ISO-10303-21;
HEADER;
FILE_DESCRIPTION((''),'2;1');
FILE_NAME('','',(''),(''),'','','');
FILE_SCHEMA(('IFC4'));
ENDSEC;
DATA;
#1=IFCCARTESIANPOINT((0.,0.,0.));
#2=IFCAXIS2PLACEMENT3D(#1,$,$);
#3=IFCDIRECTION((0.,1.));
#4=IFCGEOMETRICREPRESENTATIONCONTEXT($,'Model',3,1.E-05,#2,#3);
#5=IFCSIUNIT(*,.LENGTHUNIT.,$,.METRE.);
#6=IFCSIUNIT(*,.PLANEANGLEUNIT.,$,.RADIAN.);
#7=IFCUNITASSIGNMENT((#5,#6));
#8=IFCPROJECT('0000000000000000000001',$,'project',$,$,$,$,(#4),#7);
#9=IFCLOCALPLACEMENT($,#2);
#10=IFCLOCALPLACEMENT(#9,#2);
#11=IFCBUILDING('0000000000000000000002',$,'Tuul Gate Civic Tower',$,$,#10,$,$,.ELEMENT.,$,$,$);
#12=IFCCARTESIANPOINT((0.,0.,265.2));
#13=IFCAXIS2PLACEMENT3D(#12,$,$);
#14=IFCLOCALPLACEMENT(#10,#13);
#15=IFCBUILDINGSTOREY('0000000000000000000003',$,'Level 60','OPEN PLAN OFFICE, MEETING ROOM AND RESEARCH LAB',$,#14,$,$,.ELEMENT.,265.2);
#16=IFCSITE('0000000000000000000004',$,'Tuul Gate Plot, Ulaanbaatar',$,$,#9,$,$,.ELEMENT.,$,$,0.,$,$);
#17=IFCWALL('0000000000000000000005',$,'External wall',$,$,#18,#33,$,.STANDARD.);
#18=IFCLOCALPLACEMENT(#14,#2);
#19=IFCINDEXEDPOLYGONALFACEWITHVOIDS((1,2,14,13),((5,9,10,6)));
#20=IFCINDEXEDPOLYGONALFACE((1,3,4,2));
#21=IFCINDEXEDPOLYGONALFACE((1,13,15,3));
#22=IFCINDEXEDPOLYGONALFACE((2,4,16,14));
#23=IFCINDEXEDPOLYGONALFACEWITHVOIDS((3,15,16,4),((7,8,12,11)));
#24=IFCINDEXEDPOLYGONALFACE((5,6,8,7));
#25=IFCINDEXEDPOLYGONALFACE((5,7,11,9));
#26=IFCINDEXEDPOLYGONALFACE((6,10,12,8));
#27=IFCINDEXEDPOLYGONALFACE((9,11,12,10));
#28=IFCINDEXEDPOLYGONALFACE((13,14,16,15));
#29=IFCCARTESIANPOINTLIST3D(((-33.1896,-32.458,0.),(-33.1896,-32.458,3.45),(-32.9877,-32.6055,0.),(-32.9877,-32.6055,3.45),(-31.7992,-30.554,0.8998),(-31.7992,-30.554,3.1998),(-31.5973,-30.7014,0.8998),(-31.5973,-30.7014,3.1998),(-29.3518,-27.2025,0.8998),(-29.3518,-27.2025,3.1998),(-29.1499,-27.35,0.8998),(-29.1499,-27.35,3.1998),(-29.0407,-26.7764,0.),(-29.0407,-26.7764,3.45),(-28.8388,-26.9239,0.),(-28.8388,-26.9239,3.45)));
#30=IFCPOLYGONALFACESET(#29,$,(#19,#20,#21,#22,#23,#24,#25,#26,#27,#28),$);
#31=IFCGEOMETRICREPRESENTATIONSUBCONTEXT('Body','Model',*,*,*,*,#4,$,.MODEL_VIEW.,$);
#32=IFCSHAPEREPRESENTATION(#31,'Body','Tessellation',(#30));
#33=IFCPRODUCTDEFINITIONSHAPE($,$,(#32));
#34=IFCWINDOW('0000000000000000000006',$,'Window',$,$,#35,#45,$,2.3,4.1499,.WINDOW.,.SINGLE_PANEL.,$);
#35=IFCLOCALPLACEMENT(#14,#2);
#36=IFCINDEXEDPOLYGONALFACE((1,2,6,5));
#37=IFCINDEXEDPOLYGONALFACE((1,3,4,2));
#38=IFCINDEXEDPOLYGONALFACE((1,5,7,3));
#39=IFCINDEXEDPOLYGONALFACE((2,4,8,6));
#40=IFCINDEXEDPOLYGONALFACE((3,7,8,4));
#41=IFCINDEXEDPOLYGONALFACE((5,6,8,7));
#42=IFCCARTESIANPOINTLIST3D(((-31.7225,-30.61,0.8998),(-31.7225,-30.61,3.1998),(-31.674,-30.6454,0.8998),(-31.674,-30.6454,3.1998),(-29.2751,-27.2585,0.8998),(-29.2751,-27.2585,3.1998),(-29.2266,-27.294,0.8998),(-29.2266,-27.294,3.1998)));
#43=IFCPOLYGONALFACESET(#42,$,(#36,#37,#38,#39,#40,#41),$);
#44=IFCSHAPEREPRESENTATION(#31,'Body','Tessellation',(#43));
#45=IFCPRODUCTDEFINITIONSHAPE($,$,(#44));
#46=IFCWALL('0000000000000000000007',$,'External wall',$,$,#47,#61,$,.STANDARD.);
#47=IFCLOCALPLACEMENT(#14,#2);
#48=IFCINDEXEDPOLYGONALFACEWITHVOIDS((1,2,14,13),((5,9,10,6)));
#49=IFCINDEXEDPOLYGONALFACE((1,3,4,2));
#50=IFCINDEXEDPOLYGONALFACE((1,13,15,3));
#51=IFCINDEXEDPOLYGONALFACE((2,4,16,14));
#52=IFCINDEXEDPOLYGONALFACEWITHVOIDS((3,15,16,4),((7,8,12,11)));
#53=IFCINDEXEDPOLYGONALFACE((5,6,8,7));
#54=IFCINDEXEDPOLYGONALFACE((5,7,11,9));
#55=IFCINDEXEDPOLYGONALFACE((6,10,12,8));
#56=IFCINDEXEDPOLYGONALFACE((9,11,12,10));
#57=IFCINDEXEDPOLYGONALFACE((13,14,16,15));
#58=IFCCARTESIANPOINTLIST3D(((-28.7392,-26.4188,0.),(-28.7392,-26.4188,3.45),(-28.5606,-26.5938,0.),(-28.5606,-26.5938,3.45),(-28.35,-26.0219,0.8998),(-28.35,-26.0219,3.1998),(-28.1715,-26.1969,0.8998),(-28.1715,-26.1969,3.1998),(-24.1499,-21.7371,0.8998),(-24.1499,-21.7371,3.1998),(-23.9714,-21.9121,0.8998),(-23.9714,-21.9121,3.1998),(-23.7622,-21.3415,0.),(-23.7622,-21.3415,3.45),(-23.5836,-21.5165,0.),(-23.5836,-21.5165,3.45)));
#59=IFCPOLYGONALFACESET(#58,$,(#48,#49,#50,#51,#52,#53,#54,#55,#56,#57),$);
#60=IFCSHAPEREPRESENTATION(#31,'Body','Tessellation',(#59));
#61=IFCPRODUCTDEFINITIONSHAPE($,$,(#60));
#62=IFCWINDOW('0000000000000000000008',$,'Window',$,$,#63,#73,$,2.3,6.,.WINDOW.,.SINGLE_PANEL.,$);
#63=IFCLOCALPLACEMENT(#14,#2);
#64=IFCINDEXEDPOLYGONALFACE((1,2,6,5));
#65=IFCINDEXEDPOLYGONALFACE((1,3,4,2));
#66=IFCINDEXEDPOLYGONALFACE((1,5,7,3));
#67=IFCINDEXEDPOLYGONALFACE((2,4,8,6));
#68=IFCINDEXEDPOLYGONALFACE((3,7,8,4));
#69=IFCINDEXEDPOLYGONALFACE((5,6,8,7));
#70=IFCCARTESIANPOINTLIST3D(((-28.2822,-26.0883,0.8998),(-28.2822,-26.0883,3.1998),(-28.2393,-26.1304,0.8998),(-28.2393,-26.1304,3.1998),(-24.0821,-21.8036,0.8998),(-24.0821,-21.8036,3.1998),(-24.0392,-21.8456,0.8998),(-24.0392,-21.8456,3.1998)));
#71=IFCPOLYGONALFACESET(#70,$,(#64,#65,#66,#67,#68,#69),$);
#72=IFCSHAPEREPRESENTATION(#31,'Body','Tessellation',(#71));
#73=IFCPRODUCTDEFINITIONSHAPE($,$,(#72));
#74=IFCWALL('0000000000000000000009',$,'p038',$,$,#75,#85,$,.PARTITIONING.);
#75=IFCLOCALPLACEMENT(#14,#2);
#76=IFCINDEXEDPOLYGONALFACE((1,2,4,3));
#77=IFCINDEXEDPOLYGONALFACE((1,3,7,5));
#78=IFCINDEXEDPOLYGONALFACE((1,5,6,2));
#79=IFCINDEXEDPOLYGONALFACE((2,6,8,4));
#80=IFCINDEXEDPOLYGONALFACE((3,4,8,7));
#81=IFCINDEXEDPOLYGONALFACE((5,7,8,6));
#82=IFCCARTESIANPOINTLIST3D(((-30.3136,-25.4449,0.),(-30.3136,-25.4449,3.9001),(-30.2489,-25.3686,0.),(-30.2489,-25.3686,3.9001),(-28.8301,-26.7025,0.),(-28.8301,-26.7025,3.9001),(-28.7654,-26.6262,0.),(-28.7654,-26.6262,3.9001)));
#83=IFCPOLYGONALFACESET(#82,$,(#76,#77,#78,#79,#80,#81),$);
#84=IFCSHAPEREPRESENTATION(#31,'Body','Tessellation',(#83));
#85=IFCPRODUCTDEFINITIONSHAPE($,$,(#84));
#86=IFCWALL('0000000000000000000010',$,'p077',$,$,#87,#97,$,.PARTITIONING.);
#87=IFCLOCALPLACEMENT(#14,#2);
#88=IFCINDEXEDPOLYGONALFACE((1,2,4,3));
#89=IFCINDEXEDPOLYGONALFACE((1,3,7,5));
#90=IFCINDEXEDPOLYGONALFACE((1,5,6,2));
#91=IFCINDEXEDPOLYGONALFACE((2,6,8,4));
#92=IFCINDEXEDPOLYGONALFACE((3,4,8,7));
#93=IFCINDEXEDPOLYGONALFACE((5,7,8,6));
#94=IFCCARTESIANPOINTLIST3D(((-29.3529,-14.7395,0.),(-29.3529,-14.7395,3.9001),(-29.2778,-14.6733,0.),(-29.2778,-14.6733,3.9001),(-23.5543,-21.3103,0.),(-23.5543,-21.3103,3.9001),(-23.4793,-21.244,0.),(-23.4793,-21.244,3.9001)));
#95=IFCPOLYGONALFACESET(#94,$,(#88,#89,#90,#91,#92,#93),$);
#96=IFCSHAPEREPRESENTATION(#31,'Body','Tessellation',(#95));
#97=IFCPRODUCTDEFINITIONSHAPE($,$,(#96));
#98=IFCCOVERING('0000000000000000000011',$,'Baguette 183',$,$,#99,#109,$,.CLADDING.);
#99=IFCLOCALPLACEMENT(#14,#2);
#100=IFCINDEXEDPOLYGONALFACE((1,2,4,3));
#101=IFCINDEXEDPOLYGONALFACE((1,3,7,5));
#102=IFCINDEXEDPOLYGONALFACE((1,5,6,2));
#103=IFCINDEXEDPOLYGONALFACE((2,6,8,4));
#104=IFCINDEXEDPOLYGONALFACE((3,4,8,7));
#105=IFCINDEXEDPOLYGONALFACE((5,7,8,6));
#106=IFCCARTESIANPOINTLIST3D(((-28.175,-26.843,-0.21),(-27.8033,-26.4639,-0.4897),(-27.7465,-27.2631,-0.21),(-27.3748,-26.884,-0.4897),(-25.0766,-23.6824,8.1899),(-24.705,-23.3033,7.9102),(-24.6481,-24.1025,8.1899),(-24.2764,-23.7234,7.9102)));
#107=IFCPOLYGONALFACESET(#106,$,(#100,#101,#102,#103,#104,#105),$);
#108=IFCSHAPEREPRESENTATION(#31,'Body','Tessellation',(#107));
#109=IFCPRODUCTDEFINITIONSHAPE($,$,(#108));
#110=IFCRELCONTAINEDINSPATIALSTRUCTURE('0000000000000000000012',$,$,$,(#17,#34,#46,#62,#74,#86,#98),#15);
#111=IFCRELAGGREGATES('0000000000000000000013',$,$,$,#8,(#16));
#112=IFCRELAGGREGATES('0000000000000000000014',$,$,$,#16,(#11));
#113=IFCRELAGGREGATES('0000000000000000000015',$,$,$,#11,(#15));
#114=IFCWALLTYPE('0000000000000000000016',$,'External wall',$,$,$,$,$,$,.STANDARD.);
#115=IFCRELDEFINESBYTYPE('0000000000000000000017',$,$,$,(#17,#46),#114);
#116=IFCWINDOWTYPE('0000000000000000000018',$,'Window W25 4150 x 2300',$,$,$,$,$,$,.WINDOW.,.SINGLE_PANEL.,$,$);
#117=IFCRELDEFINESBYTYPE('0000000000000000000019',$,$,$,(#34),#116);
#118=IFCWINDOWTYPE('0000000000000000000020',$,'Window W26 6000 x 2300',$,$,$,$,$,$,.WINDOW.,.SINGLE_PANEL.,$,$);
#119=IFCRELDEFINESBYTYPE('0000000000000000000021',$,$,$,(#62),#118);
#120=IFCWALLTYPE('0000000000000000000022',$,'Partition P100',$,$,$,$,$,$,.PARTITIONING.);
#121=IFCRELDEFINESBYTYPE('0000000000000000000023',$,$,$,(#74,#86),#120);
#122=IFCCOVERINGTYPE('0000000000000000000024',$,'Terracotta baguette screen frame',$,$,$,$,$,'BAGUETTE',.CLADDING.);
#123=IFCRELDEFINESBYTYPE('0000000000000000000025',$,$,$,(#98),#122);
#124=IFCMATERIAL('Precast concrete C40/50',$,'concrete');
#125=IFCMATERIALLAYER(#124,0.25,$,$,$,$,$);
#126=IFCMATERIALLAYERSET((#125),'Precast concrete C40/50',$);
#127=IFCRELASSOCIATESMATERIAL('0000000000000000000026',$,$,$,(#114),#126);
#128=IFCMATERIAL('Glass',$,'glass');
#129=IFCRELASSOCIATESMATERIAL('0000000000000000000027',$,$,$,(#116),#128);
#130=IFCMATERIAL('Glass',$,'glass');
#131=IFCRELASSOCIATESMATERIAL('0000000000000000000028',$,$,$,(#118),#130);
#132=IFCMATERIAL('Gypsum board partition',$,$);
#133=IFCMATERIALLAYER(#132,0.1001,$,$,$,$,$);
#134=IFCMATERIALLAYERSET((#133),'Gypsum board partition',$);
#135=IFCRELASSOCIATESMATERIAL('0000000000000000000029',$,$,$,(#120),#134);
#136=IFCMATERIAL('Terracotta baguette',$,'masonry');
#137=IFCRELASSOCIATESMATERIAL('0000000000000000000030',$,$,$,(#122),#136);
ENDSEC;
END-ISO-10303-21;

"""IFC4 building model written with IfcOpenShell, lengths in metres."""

from ifc_helpers import new_model, si_unit, direction, frame, frame_2d, origin, origin_2d, place, context, subcontext, project, spatial, rectangle, extrude, material, layer, layer_set, material_profile, profile_set, type_object, element, fill, save


model = new_model("IFC4")

# Units and contexts
model_context = context("Model", 3, precision=1e-05, world=origin(), true_north=direction((0.0, 1.0)))
body_context = subcontext(model_context, "Body", "Model", "MODEL_VIEW")
ifc_project = project(units=[si_unit("LENGTHUNIT", "METRE"), si_unit("PLANEANGLEUNIT", "RADIAN")], contexts=[model_context])

# Site, building, storey
site_placement = place(None, origin())
site = spatial("IfcSite", under=ifc_project, at=site_placement, Name="Tuul Gate Plot, Ulaanbaatar", CompositionType="ELEMENT", RefElevation=0.0)
building_placement = place(site_placement, origin())
building = spatial("IfcBuilding", under=site, at=building_placement, Name="Tuul Gate Civic Tower", CompositionType="ELEMENT")
storey_placement = place(building_placement, frame((0.0, 0.0, 265.2)))
storey = spatial("IfcBuildingStorey", under=building, at=storey_placement, Name="Level 60", Description="OPEN PLAN OFFICE, MEETING ROOM AND RESEARCH LAB", CompositionType="ELEMENT", Elevation=265.2)

# Walls, openings, windows
ifc_material_1 = material(Name="Precast concrete C40/50", Category="concrete")
ifc_layer_1 = layer(ifc_material_1, 0.25)
ifc_layer_set_1 = layer_set([ifc_layer_1], Name="Precast concrete C40/50")
wall_type_1 = type_object("IfcWallType", Name="External wall", PredefinedType="STANDARD", material=ifc_layer_set_1)
wall_1_placement = place(storey_placement, frame((-33.0886, -32.5317, 0.0), z_axis=(0.0, 0.0, 1.0), x_axis=(0.589735, 0.807597, 0.0)))
wall_1 = element("IfcWall", 1, at=wall_1_placement, inside=storey, type_object=wall_type_1, Name="External wall", PredefinedType="STANDARD", context=body_context, shape_type="SweptSolid", body=[
    extrude(rectangle(XDim=7.0352, YDim=0.25, at=frame_2d((3.5176, 0.0))), origin(), (0.0, 0.0, 1.0), 3.45),
])
opening_1_placement = place(wall_1_placement, frame((2.3577, 0.0, 0.8999)))
opening_1 = element("IfcOpeningElement", 2, at=opening_1_placement, cuts=wall_1, PredefinedType="OPENING", context=body_context, shape_type="SweptSolid", body=[
    extrude(rectangle(XDim=4.1499, YDim=2.3, at=frame_2d((2.075, 1.1499))), frame((0.0, 0.135, 0.0), z_axis=(0.0, -1.0, 0.0), x_axis=(1.0, 0.0, 0.0)), (0.0, 0.0, 1.0), 0.27),
])
ifc_material_2 = material(Name="Glass", Category="glass")
window_type_1 = type_object("IfcWindowType", Name="Window W25 4150 x 2300", PartitioningType="SINGLE_PANEL", PredefinedType="WINDOW", material=ifc_material_2)
window_1_placement = place(opening_1_placement, origin())
window_1 = element("IfcWindow", 3, at=window_1_placement, inside=storey, type_object=window_type_1, Name="Window", OverallHeight=2.3, OverallWidth=4.1499, PartitioningType="SINGLE_PANEL", PredefinedType="WINDOW", context=body_context, shape_type="SweptSolid", body=[
    extrude(rectangle(XDim=4.1499, YDim=2.3, at=frame_2d((2.075, 1.1499))), frame((0.0, 0.03, 0.0), z_axis=(0.0, -1.0, 0.0), x_axis=(1.0, 0.0, 0.0)), (0.0, 0.0, 1.0), 0.0601),
])
fill(opening_1, window_1)
wall_2_placement = place(storey_placement, frame((-28.6499, -26.5063, 0.0), z_axis=(0.0, 0.0, 1.0), x_axis=(0.700015, 0.714128, 0.0)))
wall_2 = element("IfcWall", 4, at=wall_2_placement, inside=storey, type_object=wall_type_1, Name="External wall", PredefinedType="STANDARD", context=body_context, shape_type="SweptSolid", body=[
    extrude(rectangle(XDim=7.1099, YDim=0.25, at=frame_2d((3.5549, 0.0))), origin(), (0.0, 0.0, 1.0), 3.45),
])
opening_2_placement = place(wall_2_placement, frame((0.5559, 0.0, 0.8999)))
opening_2 = element("IfcOpeningElement", 5, at=opening_2_placement, cuts=wall_2, PredefinedType="OPENING", context=body_context, shape_type="SweptSolid", body=[
    extrude(rectangle(XDim=6.0, YDim=2.3, at=frame_2d((3.0, 1.1499))), frame((0.0, 0.135, 0.0), z_axis=(0.0, -1.0, 0.0), x_axis=(1.0, 0.0, 0.0)), (0.0, 0.0, 1.0), 0.27),
])
ifc_material_3 = material(Name="Glass", Category="glass")
window_type_2 = type_object("IfcWindowType", Name="Window W26 6000 x 2300", PartitioningType="SINGLE_PANEL", PredefinedType="WINDOW", material=ifc_material_3)
window_2_placement = place(opening_2_placement, origin())
window_2 = element("IfcWindow", 6, at=window_2_placement, inside=storey, type_object=window_type_2, Name="Window", OverallHeight=2.3, OverallWidth=6.0, PartitioningType="SINGLE_PANEL", PredefinedType="WINDOW", context=body_context, shape_type="SweptSolid", body=[
    extrude(rectangle(XDim=6.0, YDim=2.3, at=frame_2d((3.0, 1.1499))), frame((0.0, 0.03, 0.0), z_axis=(0.0, -1.0, 0.0), x_axis=(1.0, 0.0, 0.0)), (0.0, 0.0, 1.0), 0.0601),
])
fill(opening_2, window_2)

# Walls
ifc_material_4 = material(Name="Gypsum board partition")
ifc_layer_2 = layer(ifc_material_4, 0.1001)
ifc_layer_set_2 = layer_set([ifc_layer_2], Name="Gypsum board partition")
wall_type_2 = type_object("IfcWallType", Name="Partition P100", PredefinedType="PARTITIONING", material=ifc_layer_set_2)
wall_3_placement = place(storey_placement, frame((-30.2812, -25.4067, 0.0), z_axis=(0.0, 0.0, 1.0), x_axis=(0.762781, -0.646657, 0.0)))
element("IfcWall", 7, at=wall_3_placement, inside=storey, type_object=wall_type_2, Name="p038", PredefinedType="PARTITIONING", context=body_context, shape_type="SweptSolid", body=[
    extrude(rectangle(XDim=1.9448, YDim=0.1001, at=frame_2d((0.9724, 0.0))), origin(), (0.0, 0.0, 1.0), 3.9001),
])
wall_4_placement = place(storey_placement, frame((-29.3154, -14.7063, 0.0), z_axis=(0.0, 0.0, 1.0), x_axis=(0.661674, -0.749792, 0.0)))
element("IfcWall", 8, at=wall_4_placement, inside=storey, type_object=wall_type_2, Name="p077", PredefinedType="PARTITIONING", context=body_context, shape_type="SweptSolid", body=[
    extrude(rectangle(XDim=8.7634, YDim=0.1001, at=frame_2d((4.3818, 0.0))), origin(), (0.0, 0.0, 1.0), 3.9001),
])

# Covering
ifc_material_5 = material(Name="Terracotta baguette", Category="masonry")
ifc_material_profile_1 = material_profile(ifc_material_5, rectangle(XDim=0.6001, YDim=0.6001, at=origin_2d()), Name="Terracotta baguette screen frame")
ifc_profile_set_1 = profile_set([ifc_material_profile_1], Name="Terracotta baguette")
covering_type = type_object("IfcCoveringType", Name="Terracotta baguette screen frame", ElementType="BAGUETTE", PredefinedType="CLADDING", material=ifc_profile_set_1)
covering_placement = place(storey_placement, frame((-24.6765, -23.7029, 8.05), z_axis=(-0.326331, -0.332888, -0.8847), x_axis=(0.714105, -0.700039, 0.0)))
element("IfcCovering", 9, at=covering_placement, inside=storey, type_object=covering_type, Name="Baguette 183", PredefinedType="CLADDING", context=body_context, shape_type="SweptSolid", body=[
    extrude(rectangle(XDim=0.6001, YDim=0.6001, at=origin_2d()), origin(), (0.0, 0.0, 1.0), 9.4946),
])

save(model, "model.ifc")
